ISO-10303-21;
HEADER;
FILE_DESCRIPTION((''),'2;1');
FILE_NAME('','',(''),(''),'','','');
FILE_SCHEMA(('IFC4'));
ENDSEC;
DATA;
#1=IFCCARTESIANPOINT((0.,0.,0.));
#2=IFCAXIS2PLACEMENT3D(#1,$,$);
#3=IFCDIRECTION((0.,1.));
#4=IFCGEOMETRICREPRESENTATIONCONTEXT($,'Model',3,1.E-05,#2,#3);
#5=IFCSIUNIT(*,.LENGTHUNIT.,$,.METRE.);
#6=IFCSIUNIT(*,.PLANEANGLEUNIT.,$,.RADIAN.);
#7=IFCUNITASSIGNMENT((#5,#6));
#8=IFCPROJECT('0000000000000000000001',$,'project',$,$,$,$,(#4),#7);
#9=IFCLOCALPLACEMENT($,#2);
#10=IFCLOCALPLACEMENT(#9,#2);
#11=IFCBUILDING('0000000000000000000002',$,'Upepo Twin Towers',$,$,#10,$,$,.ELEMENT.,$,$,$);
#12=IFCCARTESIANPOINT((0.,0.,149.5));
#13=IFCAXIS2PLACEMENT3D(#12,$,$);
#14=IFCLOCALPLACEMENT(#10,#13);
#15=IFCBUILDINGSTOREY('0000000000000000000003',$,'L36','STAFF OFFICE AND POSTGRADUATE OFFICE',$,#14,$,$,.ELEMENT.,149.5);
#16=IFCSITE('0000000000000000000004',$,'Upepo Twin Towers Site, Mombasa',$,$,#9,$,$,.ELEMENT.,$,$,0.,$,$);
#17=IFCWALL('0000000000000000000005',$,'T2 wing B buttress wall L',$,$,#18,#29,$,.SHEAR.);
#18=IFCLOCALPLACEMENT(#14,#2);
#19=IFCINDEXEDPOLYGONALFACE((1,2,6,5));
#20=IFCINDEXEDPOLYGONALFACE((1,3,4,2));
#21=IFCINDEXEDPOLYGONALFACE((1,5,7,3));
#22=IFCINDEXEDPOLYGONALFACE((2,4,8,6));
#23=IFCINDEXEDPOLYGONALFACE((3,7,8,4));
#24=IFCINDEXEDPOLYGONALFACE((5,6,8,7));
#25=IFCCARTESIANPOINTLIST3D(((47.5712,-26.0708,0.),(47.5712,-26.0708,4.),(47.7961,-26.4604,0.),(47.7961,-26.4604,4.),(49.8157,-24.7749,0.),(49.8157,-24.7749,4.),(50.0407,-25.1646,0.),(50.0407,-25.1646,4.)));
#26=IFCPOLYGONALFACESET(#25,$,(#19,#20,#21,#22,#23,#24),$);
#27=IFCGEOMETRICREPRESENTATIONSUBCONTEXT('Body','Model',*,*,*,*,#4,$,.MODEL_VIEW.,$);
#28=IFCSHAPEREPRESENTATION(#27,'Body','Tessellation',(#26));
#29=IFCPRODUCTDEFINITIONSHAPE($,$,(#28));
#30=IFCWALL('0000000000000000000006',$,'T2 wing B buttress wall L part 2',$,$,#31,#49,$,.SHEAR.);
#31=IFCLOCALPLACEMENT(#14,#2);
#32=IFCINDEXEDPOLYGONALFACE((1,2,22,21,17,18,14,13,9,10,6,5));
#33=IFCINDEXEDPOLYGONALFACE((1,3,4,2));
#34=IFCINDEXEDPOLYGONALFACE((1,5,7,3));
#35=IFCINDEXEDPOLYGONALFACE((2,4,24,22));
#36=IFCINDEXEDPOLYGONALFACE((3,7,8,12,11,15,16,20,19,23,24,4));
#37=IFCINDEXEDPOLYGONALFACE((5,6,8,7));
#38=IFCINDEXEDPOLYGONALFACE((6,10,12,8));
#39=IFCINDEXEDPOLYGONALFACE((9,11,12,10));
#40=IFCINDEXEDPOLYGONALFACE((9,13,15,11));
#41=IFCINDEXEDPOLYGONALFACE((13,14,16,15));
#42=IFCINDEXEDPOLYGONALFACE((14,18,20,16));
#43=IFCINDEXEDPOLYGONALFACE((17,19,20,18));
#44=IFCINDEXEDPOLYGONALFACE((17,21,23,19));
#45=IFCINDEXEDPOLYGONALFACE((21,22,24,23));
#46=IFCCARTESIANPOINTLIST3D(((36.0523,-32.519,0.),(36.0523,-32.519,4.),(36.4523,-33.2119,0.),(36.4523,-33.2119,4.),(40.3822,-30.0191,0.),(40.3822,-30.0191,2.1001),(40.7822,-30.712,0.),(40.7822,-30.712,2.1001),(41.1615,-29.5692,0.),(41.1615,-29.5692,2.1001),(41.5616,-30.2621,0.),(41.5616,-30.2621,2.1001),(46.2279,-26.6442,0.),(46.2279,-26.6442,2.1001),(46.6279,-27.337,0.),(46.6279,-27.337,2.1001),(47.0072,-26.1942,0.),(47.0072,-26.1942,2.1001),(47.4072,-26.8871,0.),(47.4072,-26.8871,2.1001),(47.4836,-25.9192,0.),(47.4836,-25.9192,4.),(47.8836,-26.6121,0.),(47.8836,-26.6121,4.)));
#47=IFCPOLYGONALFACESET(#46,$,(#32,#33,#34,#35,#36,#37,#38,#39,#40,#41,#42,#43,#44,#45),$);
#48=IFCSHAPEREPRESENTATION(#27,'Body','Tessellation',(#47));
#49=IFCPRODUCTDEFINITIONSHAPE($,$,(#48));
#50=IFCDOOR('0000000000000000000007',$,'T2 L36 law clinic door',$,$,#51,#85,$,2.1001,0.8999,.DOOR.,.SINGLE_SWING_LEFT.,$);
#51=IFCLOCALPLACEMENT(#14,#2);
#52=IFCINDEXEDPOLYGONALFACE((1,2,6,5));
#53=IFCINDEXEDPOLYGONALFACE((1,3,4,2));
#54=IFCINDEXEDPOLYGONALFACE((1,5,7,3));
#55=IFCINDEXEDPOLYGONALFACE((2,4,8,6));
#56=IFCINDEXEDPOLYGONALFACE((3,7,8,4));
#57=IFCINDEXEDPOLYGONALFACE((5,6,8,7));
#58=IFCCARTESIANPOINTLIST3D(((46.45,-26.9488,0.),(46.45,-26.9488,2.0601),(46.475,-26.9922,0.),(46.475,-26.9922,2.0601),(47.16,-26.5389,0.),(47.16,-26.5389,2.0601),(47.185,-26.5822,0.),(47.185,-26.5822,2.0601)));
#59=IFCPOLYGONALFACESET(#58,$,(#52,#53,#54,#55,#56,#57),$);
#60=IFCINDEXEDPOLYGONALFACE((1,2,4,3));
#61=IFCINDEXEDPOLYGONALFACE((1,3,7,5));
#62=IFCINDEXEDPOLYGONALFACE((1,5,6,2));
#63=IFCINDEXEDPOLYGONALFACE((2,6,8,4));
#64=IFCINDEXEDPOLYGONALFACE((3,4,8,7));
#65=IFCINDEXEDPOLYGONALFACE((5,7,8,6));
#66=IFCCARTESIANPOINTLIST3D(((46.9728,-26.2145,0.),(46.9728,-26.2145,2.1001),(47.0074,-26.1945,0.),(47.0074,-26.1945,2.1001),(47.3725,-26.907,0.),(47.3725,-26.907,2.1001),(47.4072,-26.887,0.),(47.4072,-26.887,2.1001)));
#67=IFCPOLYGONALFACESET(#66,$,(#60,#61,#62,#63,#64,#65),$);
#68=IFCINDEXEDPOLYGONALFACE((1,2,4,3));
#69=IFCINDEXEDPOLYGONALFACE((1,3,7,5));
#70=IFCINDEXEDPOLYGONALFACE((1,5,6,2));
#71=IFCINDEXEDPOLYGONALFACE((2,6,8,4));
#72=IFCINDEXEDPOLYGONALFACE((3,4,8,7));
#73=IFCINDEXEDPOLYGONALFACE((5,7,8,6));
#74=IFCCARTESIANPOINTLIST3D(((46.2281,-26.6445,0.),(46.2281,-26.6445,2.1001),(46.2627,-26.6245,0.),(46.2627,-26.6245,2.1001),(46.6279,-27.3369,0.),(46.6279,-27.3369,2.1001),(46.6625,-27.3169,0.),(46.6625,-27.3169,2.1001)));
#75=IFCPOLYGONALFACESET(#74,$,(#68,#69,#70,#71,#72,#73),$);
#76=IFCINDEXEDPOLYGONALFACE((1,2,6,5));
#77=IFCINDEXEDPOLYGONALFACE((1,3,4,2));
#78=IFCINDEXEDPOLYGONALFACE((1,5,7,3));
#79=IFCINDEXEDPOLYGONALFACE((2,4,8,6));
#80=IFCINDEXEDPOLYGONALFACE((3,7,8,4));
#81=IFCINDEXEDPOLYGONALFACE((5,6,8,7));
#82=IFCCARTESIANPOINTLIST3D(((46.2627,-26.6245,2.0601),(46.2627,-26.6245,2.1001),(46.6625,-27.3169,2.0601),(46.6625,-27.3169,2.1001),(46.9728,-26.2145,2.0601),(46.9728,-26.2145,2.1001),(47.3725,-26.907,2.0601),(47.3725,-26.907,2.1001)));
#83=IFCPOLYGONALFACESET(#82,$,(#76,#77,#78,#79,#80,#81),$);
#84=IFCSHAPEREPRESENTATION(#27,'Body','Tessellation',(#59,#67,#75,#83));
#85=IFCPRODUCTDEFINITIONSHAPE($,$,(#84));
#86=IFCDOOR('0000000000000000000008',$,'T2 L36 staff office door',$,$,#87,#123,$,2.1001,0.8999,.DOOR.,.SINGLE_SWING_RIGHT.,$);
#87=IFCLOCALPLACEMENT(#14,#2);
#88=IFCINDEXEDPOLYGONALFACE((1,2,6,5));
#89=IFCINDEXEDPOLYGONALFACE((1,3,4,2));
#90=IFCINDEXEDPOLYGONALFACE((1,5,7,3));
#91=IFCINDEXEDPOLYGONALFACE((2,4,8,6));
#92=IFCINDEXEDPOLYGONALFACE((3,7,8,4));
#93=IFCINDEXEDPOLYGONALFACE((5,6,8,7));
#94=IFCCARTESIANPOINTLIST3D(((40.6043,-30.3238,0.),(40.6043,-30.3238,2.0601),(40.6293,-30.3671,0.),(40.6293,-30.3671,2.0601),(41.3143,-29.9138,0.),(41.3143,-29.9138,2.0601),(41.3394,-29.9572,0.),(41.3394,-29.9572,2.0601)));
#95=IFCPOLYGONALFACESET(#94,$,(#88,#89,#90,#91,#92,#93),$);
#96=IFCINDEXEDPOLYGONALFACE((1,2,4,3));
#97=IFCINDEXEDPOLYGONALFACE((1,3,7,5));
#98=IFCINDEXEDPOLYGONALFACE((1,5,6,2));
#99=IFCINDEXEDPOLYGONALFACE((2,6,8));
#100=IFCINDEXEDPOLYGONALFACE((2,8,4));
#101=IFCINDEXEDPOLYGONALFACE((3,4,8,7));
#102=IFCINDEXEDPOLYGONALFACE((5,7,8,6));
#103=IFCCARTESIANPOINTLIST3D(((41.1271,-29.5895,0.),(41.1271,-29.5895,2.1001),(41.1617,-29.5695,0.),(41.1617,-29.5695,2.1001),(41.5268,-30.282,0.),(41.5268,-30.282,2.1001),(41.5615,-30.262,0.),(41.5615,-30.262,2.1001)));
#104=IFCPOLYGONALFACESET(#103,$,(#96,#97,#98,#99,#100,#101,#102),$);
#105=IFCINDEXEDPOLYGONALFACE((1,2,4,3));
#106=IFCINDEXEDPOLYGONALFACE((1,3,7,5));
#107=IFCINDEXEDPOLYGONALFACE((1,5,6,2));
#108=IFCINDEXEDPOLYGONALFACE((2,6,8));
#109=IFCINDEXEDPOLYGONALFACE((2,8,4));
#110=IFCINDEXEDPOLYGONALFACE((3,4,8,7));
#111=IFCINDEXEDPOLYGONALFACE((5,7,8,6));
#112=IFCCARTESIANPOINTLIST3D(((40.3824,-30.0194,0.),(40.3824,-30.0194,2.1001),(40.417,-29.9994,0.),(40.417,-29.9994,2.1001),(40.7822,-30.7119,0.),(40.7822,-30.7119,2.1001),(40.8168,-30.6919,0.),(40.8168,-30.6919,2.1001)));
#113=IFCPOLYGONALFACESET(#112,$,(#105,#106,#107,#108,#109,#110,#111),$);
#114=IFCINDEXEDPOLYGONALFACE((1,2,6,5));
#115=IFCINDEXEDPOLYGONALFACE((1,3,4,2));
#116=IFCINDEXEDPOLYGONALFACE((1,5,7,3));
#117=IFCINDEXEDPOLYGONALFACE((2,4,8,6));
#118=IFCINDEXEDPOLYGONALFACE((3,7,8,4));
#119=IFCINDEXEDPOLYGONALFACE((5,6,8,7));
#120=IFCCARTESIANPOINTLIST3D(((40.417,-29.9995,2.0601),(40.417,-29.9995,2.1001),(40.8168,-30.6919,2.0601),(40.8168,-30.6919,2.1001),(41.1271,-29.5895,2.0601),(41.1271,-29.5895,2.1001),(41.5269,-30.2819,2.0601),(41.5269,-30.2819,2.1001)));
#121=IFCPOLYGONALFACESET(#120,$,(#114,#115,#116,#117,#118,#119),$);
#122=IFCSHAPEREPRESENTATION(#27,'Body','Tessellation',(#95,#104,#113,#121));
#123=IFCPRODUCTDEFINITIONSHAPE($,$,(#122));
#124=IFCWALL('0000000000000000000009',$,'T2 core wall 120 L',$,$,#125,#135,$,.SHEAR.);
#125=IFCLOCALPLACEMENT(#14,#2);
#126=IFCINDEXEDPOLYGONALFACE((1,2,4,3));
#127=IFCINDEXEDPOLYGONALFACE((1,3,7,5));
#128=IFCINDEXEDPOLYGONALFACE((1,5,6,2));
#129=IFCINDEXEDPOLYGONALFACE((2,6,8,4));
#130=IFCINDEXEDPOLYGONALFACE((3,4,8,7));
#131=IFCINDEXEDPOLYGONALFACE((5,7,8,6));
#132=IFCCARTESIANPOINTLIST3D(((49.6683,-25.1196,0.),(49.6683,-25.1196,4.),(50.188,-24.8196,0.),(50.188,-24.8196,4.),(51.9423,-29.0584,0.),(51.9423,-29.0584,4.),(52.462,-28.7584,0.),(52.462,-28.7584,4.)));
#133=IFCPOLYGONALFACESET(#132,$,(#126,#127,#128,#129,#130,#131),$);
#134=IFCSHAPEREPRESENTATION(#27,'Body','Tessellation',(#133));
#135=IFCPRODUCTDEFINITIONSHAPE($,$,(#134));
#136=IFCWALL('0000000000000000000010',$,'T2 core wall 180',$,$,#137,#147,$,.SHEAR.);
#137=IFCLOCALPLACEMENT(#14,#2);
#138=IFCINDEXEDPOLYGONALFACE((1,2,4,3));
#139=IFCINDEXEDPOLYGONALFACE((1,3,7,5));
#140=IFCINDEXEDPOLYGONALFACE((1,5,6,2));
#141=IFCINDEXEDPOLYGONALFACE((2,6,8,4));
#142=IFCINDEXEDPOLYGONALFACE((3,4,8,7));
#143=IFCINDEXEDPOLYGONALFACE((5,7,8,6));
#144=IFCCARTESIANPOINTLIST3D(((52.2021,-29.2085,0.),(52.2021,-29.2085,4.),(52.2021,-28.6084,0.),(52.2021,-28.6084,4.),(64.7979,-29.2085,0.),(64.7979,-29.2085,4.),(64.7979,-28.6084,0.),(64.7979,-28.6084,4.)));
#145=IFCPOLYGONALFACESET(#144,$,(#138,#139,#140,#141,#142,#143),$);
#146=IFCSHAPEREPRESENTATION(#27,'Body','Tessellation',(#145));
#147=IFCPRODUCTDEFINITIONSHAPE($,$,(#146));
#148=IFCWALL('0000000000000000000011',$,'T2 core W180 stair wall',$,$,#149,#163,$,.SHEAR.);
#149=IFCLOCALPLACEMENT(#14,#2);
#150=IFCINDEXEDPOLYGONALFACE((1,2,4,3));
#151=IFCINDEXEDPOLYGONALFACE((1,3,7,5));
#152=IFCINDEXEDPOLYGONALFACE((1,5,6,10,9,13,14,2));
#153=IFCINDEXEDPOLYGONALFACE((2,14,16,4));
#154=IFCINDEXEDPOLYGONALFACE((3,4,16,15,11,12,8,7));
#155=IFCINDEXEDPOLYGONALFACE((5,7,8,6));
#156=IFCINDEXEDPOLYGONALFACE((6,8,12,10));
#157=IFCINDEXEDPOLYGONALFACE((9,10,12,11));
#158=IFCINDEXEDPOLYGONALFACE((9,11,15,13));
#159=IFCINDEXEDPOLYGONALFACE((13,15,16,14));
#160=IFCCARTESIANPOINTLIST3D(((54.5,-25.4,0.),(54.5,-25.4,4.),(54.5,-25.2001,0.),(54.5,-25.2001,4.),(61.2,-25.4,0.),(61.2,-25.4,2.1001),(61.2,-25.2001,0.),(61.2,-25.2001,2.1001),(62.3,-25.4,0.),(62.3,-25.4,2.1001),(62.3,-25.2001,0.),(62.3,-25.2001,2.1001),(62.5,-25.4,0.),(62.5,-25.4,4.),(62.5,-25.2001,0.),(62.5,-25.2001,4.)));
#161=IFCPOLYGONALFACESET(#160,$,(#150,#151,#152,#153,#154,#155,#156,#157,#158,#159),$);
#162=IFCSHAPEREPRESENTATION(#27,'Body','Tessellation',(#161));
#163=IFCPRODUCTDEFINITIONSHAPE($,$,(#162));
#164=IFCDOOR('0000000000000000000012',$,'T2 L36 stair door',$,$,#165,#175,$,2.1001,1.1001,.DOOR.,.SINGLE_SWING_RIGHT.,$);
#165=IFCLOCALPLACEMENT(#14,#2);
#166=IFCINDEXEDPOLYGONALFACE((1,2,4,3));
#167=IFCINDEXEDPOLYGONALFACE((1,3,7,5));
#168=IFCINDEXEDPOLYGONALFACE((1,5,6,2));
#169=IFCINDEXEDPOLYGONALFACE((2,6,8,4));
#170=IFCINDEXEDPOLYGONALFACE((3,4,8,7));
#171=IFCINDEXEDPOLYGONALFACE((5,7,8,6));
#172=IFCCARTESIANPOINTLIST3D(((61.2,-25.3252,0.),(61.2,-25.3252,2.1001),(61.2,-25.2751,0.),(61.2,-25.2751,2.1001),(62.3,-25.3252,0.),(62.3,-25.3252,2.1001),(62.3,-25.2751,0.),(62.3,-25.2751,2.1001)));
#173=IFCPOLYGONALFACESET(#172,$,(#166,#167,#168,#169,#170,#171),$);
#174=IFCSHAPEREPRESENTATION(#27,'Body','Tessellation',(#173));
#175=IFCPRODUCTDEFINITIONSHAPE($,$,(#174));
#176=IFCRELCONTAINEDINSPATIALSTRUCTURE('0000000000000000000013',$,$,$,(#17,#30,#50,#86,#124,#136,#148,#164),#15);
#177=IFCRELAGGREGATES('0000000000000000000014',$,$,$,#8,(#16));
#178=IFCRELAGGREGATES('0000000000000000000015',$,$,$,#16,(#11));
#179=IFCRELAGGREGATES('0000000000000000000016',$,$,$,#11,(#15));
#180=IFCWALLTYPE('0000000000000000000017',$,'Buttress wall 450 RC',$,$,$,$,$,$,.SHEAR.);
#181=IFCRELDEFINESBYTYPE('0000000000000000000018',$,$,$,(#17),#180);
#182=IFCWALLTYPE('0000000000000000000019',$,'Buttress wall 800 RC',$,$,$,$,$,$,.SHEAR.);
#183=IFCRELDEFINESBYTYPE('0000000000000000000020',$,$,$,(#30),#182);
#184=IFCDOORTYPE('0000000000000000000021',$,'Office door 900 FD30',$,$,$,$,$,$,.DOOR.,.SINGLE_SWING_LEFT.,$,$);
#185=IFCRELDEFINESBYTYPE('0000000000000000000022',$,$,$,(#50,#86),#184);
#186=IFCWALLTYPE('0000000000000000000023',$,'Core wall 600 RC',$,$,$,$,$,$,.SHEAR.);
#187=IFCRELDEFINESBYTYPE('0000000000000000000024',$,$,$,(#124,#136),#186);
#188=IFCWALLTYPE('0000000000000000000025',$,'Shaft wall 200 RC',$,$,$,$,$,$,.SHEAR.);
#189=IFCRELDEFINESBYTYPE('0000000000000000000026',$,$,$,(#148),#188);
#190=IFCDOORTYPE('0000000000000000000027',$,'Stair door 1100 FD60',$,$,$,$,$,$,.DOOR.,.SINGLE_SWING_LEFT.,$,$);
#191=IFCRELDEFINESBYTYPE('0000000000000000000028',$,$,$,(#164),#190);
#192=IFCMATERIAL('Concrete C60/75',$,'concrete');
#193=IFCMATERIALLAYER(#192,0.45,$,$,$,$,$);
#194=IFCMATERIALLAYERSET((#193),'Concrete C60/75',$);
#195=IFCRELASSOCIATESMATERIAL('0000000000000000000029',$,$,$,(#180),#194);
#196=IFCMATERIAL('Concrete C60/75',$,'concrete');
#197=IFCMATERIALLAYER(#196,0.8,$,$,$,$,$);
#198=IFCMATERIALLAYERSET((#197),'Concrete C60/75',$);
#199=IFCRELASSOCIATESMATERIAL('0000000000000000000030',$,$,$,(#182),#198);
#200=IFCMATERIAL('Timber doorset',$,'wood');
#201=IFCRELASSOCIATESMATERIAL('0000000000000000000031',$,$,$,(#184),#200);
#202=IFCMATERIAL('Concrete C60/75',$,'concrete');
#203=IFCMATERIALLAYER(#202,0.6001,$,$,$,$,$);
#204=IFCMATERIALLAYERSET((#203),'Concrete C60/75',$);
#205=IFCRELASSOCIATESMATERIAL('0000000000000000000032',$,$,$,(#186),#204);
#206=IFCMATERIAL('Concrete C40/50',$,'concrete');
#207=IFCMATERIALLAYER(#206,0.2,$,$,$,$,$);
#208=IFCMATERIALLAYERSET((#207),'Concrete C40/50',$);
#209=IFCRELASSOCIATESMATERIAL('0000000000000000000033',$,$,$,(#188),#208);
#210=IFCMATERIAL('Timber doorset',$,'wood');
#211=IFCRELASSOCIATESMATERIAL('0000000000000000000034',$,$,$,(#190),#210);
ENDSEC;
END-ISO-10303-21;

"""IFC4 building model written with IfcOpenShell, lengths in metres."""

from ifc_helpers import new_model, si_unit, direction, frame, frame_2d, origin, place, context, subcontext, project, spatial, rectangle, extrude, material, layer, layer_set, type_object, element, fill, save


model = new_model("IFC4")

# Units and contexts
model_context = context("Model", 3, precision=1e-05, world=origin(), true_north=direction((0.0, 1.0)))
body_context = subcontext(model_context, "Body", "Model", "MODEL_VIEW")
ifc_project = project(units=[si_unit("LENGTHUNIT", "METRE"), si_unit("PLANEANGLEUNIT", "RADIAN")], contexts=[model_context])

# Site, building, storey
site_placement = place(None, origin())
site = spatial("IfcSite", under=ifc_project, at=site_placement, Name="Upepo Twin Towers Site, Mombasa", CompositionType="ELEMENT", RefElevation=0.0)
building_placement = place(site_placement, origin())
building = spatial("IfcBuilding", under=site, at=building_placement, Name="Upepo Twin Towers", CompositionType="ELEMENT")
storey_placement = place(building_placement, frame((0.0, 0.0, 149.5)))
storey = spatial("IfcBuildingStorey", under=building, at=storey_placement, Name="L36", Description="STAFF OFFICE AND POSTGRADUATE OFFICE", CompositionType="ELEMENT", Elevation=149.5)

# Wall
ifc_material_1 = material(Name="Concrete C60/75", Category="concrete")
ifc_layer_1 = layer(ifc_material_1, 0.45)
ifc_layer_set_1 = layer_set([ifc_layer_1], Name="Concrete C60/75")
wall_type_1 = type_object("IfcWallType", Name="Buttress wall 450 RC", PredefinedType="SHEAR", material=ifc_layer_set_1)
wall_1_placement = place(storey_placement, frame((49.9282, -24.9697, 0.0), z_axis=(0.0, 0.0, 1.0), x_axis=(-0.866032, -0.499989, 0.0)))
element("IfcWall", 1, at=wall_1_placement, inside=storey, type_object=wall_type_1, Name="T2 wing B buttress wall L", PredefinedType="SHEAR", context=body_context, shape_type="SweptSolid", body=[
    extrude(rectangle(XDim=2.5918, YDim=0.45, at=frame_2d((1.2959, 0.0))), origin(), (0.0, 0.0, 1.0), 4.0),
])

# Wall, openings, doors
ifc_material_2 = material(Name="Concrete C60/75", Category="concrete")
ifc_layer_2 = layer(ifc_material_2, 0.8)
ifc_layer_set_2 = layer_set([ifc_layer_2], Name="Concrete C60/75")
wall_type_2 = type_object("IfcWallType", Name="Buttress wall 800 RC", PredefinedType="SHEAR", material=ifc_layer_set_2)
wall_2_placement = place(storey_placement, frame((47.6836, -26.2656, 0.0), z_axis=(0.0, 0.0, 1.0), x_axis=(-0.866028, -0.499996, 0.0)))
wall_2 = element("IfcWall", 2, at=wall_2_placement, inside=storey, type_object=wall_type_2, Name="T2 wing B buttress wall L part 2", PredefinedType="SHEAR", context=body_context, shape_type="SweptSolid", body=[
    extrude(rectangle(XDim=13.1997, YDim=0.8, at=frame_2d((6.5999, 0.0))), origin(), (0.0, 0.0, 1.0), 4.0),
])
opening_1_placement = place(wall_2_placement, frame((0.55, 0.0, 0.0)))
opening_1 = element("IfcOpeningElement", 3, at=opening_1_placement, cuts=wall_2, PredefinedType="OPENING", context=body_context, shape_type="SweptSolid", body=[
    extrude(rectangle(XDim=0.8999, YDim=2.1001, at=frame_2d((0.45, 1.05))), frame((0.0, 0.4099, 0.0), z_axis=(0.0, -1.0, 0.0), x_axis=(1.0, 0.0, 0.0)), (0.0, 0.0, 1.0), 0.8201),
])
opening_2_placement = place(wall_2_placement, frame((7.3, 0.0, 0.0)))
opening_2 = element("IfcOpeningElement", 4, at=opening_2_placement, cuts=wall_2, PredefinedType="OPENING", context=body_context, shape_type="SweptSolid", body=[
    extrude(rectangle(XDim=0.8999, YDim=2.1001, at=frame_2d((0.45, 1.05))), frame((0.0, 0.4099, 0.0), z_axis=(0.0, -1.0, 0.0), x_axis=(1.0, 0.0, 0.0)), (0.0, 0.0, 1.0), 0.8201),
])
ifc_material_3 = material(Name="Timber doorset", Category="wood")
door_type_1 = type_object("IfcDoorType", Name="Office door 900 FD30", OperationType="SINGLE_SWING_LEFT", PredefinedType="DOOR", material=ifc_material_3)
door_1_placement = place(opening_1_placement, origin())
door_1 = element("IfcDoor", 5, at=door_1_placement, inside=storey, type_object=door_type_1, Name="T2 L36 law clinic door", OperationType="SINGLE_SWING_LEFT", OverallHeight=2.1001, OverallWidth=0.8999, PredefinedType="DOOR", context=body_context, shape_type="SweptSolid", body=[
    extrude(rectangle(XDim=0.8199, YDim=2.0601, at=frame_2d((0.45, 1.03))), frame((0.0, 0.0249, 0.0), z_axis=(0.0, -1.0, 0.0), x_axis=(1.0, 0.0, 0.0)), (0.0, 0.0, 1.0), 0.05),
    extrude(rectangle(XDim=0.04, YDim=2.1001, at=frame_2d((0.02, 1.05))), frame((0.0, 0.3999, 0.0), z_axis=(0.0, -1.0, 0.0), x_axis=(1.0, 0.0, 0.0)), (0.0, 0.0, 1.0), 0.7996),
    extrude(rectangle(XDim=0.04, YDim=2.1001, at=frame_2d((0.8799, 1.05))), frame((0.0, 0.3999, 0.0), z_axis=(0.0, -1.0, 0.0), x_axis=(1.0, 0.0, 0.0)), (0.0, 0.0, 1.0), 0.7996),
    extrude(rectangle(XDim=0.8199, YDim=0.04, at=frame_2d((0.45, 2.0801))), frame((0.0, 0.3999, 0.0), z_axis=(0.0, -1.0, 0.0), x_axis=(1.0, 0.0, 0.0)), (0.0, 0.0, 1.0), 0.7996),
])
fill(opening_1, door_1)
door_2_placement = place(opening_2_placement, origin())
door_2 = element("IfcDoor", 6, at=door_2_placement, inside=storey, type_object=door_type_1, Name="T2 L36 staff office door", OperationType="SINGLE_SWING_RIGHT", OverallHeight=2.1001, OverallWidth=0.8999, PredefinedType="DOOR", context=body_context, shape_type="SweptSolid", body=[
    extrude(rectangle(XDim=0.8199, YDim=2.0601, at=frame_2d((0.45, 1.03))), frame((0.0, 0.0249, 0.0), z_axis=(0.0, -1.0, 0.0), x_axis=(1.0, 0.0, 0.0)), (0.0, 0.0, 1.0), 0.05),
    extrude(rectangle(XDim=0.04, YDim=2.1001, at=frame_2d((0.02, 1.05))), frame((0.0, 0.3999, 0.0), z_axis=(0.0, -1.0, 0.0), x_axis=(1.0, 0.0, 0.0)), (0.0, 0.0, 1.0), 0.7996),
    extrude(rectangle(XDim=0.04, YDim=2.1001, at=frame_2d((0.8799, 1.05))), frame((0.0, 0.3999, 0.0), z_axis=(0.0, -1.0, 0.0), x_axis=(1.0, 0.0, 0.0)), (0.0, 0.0, 1.0), 0.7996),
    extrude(rectangle(XDim=0.8199, YDim=0.04, at=frame_2d((0.45, 2.0801))), frame((0.0, 0.3999, 0.0), z_axis=(0.0, -1.0, 0.0), x_axis=(1.0, 0.0, 0.0)), (0.0, 0.0, 1.0), 0.7996),
])
fill(opening_2, door_2)

# Walls
ifc_material_4 = material(Name="Concrete C60/75", Category="concrete")
ifc_layer_3 = layer(ifc_material_4, 0.6001)
ifc_layer_set_3 = layer_set([ifc_layer_3], Name="Concrete C60/75")
wall_type_3 = type_object("IfcWallType", Name="Core wall 600 RC", PredefinedType="SHEAR", material=ifc_layer_set_3)
wall_3_placement = place(storey_placement, frame((49.9282, -24.9697, 0.0), z_axis=(0.0, 0.0, 1.0), x_axis=(0.499984, -0.866035, 0.0)))
element("IfcWall", 7, at=wall_3_placement, inside=storey, type_object=wall_type_3, Name="T2 core wall 120 L", PredefinedType="SHEAR", context=body_context, shape_type="SweptSolid", body=[
    extrude(rectangle(XDim=4.5481, YDim=0.6001, at=frame_2d((2.2739, 0.0))), origin(), (0.0, 0.0, 1.0), 4.0),
])
wall_4_placement = place(storey_placement, frame((52.2021, -28.9084, 0.0), z_axis=(0.0, 0.0, 1.0), x_axis=(1.0, 0.0, 0.0)))
element("IfcWall", 8, at=wall_4_placement, inside=storey, type_object=wall_type_3, Name="T2 core wall 180", PredefinedType="SHEAR", context=body_context, shape_type="SweptSolid", body=[
    extrude(rectangle(XDim=12.5957, YDim=0.6001, at=frame_2d((6.2979, 0.0))), origin(), (0.0, 0.0, 1.0), 4.0),
])

# Wall, opening, door
ifc_material_5 = material(Name="Concrete C40/50", Category="concrete")
ifc_layer_4 = layer(ifc_material_5, 0.2)
ifc_layer_set_4 = layer_set([ifc_layer_4], Name="Concrete C40/50")
wall_type_4 = type_object("IfcWallType", Name="Shaft wall 200 RC", PredefinedType="SHEAR", material=ifc_layer_set_4)
wall_5_placement = place(storey_placement, frame((54.5, -25.3, 0.0), z_axis=(0.0, 0.0, 1.0), x_axis=(1.0, 0.0, 0.0)))
wall_5 = element("IfcWall", 9, at=wall_5_placement, inside=storey, type_object=wall_type_4, Name="T2 core W180 stair wall", PredefinedType="SHEAR", context=body_context, shape_type="SweptSolid", body=[
    extrude(rectangle(XDim=8.0, YDim=0.2, at=frame_2d((4.0, 0.0))), origin(), (0.0, 0.0, 1.0), 4.0),
])
opening_3_placement = place(wall_5_placement, frame((6.7, 0.0, 0.0)))
opening_3 = element("IfcOpeningElement", 10, at=opening_3_placement, cuts=wall_5, PredefinedType="OPENING", context=body_context, shape_type="SweptSolid", body=[
    extrude(rectangle(XDim=1.1001, YDim=2.1001, at=frame_2d((0.55, 1.05))), frame((0.0, 0.1099, 0.0), z_axis=(0.0, -1.0, 0.0), x_axis=(1.0, 0.0, 0.0)), (0.0, 0.0, 1.0), 0.22),
])
ifc_material_6 = material(Name="Timber doorset", Category="wood")
door_type_2 = type_object("IfcDoorType", Name="Stair door 1100 FD60", OperationType="SINGLE_SWING_LEFT", PredefinedType="DOOR", material=ifc_material_6)
door_3_placement = place(opening_3_placement, origin())
door_3 = element("IfcDoor", 11, at=door_3_placement, inside=storey, type_object=door_type_2, Name="T2 L36 stair door", OperationType="SINGLE_SWING_RIGHT", OverallHeight=2.1001, OverallWidth=1.1001, PredefinedType="DOOR", context=body_context, shape_type="SweptSolid", body=[
    extrude(rectangle(XDim=1.1001, YDim=2.1001, at=frame_2d((0.55, 1.05))), frame((0.0, 0.0249, 0.0), z_axis=(0.0, -1.0, 0.0), x_axis=(1.0, 0.0, 0.0)), (0.0, 0.0, 1.0), 0.05),
])
fill(opening_3, door_3)

save(model, "model.ifc")
